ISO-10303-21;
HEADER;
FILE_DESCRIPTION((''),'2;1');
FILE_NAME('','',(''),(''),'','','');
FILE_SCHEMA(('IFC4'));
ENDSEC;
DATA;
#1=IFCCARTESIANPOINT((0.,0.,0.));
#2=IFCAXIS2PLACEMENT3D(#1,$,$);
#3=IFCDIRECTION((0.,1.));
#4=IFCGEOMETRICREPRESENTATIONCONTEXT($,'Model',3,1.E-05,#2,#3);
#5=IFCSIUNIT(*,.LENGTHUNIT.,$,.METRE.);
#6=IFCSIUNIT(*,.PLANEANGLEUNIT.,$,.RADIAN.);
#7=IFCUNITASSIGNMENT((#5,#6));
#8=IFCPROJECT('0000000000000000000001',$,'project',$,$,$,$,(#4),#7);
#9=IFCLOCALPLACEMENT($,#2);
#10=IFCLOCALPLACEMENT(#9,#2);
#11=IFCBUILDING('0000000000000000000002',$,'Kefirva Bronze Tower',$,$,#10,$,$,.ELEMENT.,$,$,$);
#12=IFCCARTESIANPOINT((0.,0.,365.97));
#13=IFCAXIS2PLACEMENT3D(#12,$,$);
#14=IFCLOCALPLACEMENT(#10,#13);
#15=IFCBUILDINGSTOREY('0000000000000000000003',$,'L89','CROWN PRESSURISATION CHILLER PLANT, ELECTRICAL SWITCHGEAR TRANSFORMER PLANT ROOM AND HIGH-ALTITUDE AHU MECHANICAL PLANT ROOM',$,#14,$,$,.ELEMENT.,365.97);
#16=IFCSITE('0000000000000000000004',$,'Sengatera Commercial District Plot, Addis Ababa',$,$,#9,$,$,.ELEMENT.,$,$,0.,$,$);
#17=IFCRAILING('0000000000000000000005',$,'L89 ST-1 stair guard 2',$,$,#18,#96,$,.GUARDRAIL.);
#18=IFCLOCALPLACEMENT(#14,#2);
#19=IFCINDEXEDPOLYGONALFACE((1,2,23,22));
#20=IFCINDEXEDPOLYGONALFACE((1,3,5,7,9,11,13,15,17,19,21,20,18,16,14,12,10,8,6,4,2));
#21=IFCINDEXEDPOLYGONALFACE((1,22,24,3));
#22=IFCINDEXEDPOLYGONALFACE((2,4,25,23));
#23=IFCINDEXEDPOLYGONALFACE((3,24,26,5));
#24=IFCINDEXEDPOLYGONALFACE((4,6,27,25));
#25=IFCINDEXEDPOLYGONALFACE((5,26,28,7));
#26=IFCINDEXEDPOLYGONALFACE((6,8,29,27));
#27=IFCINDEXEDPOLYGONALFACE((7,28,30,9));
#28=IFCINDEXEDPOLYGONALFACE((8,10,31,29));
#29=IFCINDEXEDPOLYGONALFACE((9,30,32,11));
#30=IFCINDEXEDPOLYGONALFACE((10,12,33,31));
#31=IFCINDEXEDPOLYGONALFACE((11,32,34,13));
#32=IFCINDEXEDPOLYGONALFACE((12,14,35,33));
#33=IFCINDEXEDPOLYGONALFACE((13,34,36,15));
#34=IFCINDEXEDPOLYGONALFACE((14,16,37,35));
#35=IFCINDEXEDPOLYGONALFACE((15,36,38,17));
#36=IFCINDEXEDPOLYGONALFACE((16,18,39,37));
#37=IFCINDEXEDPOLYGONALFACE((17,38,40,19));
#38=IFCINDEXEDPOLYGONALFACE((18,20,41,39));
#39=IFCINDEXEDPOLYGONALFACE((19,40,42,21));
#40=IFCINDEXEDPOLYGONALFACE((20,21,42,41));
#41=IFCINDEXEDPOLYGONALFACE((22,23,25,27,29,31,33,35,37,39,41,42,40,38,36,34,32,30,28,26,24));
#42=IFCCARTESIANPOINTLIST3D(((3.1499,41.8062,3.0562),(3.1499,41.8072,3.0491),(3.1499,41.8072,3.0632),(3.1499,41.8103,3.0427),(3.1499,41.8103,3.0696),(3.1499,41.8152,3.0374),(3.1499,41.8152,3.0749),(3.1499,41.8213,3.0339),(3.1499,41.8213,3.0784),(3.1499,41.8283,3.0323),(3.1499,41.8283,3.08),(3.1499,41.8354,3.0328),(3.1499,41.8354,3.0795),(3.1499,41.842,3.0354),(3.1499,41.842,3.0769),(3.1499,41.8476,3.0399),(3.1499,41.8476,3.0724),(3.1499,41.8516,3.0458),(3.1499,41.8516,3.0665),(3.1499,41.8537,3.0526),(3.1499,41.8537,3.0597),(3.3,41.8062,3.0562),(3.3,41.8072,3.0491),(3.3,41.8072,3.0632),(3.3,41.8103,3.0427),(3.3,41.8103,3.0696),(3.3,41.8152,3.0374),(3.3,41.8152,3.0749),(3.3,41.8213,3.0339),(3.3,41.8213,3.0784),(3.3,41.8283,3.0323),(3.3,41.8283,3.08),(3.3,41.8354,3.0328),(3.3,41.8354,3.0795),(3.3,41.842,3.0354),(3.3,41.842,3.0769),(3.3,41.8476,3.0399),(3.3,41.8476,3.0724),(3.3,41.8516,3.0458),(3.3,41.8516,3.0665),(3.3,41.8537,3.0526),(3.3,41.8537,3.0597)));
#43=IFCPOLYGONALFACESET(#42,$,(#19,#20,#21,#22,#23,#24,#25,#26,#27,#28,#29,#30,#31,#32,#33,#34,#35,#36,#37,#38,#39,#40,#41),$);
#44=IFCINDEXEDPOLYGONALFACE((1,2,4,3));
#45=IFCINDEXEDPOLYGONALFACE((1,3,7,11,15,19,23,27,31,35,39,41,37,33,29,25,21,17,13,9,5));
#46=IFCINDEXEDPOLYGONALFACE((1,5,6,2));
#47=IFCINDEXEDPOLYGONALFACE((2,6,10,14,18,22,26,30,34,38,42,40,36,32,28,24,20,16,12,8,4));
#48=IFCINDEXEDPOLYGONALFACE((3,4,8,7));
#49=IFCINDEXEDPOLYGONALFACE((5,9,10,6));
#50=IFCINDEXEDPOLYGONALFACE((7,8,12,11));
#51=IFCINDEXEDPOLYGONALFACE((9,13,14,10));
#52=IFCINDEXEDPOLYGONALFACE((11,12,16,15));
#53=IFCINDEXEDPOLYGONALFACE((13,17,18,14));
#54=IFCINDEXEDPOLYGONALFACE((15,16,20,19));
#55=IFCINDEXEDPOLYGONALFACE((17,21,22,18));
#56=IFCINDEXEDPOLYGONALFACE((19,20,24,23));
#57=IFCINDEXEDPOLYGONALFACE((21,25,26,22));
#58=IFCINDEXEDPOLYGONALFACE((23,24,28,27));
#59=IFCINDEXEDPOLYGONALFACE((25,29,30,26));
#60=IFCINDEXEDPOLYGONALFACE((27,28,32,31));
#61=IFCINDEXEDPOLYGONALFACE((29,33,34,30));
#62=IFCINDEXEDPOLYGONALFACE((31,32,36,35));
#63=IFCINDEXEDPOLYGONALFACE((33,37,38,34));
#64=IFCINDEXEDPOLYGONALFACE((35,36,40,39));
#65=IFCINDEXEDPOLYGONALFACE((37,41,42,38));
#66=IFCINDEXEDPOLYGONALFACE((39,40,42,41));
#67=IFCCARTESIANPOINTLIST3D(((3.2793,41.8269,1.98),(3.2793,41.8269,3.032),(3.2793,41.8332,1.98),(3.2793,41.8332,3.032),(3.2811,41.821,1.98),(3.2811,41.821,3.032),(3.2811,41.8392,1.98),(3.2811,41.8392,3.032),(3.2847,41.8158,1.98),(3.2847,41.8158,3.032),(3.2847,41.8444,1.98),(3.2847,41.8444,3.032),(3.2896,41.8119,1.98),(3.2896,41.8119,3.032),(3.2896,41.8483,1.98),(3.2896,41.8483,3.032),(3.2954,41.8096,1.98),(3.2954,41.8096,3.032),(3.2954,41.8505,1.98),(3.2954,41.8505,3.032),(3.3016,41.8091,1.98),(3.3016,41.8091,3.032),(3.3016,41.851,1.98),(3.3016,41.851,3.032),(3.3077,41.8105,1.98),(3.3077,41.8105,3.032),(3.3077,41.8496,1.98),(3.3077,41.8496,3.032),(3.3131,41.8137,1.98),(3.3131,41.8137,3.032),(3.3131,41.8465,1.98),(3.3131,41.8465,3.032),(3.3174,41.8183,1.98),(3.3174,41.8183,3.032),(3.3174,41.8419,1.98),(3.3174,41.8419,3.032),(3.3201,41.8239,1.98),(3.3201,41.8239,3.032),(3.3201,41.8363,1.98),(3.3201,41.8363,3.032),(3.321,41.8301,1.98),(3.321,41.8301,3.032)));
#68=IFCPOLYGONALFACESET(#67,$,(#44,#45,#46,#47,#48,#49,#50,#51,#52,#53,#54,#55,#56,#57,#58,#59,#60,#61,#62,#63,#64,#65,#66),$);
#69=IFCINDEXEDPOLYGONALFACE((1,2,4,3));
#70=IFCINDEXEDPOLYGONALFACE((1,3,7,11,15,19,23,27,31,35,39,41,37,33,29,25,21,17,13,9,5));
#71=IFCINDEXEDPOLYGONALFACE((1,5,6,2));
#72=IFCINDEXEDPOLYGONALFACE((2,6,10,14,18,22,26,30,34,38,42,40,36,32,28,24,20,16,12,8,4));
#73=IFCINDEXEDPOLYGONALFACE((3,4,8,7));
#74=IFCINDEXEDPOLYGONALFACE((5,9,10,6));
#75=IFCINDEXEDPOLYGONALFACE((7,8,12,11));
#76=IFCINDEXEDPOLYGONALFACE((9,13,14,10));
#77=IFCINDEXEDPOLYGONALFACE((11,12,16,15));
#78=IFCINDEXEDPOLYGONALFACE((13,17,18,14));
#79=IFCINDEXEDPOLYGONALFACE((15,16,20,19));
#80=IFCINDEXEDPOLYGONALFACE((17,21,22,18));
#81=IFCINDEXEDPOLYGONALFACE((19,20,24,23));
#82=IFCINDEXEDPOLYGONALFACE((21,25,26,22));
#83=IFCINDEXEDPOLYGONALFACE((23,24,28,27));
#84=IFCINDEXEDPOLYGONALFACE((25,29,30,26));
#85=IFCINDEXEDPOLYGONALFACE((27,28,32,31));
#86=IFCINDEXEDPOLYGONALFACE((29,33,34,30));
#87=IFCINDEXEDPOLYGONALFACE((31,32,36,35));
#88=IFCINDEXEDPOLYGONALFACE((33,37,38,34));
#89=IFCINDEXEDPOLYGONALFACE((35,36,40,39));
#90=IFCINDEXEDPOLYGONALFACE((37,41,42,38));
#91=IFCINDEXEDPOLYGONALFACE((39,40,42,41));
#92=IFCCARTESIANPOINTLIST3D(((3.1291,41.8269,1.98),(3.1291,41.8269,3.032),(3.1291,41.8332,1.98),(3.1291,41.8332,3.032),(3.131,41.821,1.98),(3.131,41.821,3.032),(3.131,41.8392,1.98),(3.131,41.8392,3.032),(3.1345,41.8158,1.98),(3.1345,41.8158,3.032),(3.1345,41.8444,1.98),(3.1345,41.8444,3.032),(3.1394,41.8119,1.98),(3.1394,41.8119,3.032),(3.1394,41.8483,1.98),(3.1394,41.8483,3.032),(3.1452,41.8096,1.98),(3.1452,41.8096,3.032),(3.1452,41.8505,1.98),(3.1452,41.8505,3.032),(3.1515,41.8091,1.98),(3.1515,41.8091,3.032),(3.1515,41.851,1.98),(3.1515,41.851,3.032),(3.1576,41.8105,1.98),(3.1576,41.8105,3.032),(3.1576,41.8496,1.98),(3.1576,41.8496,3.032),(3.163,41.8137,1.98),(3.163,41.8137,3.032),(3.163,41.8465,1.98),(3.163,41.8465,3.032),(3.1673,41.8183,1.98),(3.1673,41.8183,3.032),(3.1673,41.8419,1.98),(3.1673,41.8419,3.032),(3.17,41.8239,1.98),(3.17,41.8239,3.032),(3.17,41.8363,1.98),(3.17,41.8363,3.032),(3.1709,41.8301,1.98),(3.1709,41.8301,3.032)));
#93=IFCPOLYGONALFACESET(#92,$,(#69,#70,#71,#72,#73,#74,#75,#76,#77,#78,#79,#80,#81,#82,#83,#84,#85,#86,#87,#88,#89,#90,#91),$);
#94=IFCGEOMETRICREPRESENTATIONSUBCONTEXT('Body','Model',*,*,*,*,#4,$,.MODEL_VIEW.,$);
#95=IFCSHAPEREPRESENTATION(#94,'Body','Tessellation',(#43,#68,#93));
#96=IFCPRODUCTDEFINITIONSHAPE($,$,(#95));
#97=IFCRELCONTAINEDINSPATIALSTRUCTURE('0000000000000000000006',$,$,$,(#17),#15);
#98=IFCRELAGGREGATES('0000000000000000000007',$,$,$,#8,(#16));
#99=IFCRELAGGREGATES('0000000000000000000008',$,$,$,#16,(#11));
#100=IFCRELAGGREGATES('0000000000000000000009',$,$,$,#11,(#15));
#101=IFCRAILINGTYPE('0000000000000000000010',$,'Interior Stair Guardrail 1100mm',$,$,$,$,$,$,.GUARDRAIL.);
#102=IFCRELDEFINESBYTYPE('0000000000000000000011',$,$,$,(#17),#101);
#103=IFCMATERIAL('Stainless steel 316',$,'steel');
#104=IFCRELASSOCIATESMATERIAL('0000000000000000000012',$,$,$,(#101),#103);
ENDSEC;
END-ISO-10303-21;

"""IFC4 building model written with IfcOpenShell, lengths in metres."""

from ifc_helpers import new_model, si_unit, direction, frame, origin, origin_2d, place, context, subcontext, project, spatial, circle, extrude, material, type_object, element, save


model = new_model("IFC4")

# Units and contexts
model_context = context("Model", 3, precision=1e-05, world=origin(), true_north=direction((0.0, 1.0)))
body_context = subcontext(model_context, "Body", "Model", "MODEL_VIEW")
ifc_project = project(units=[si_unit("LENGTHUNIT", "METRE"), si_unit("PLANEANGLEUNIT", "RADIAN")], contexts=[model_context])

# Site, building, storey
site_placement = place(None, origin())
site = spatial("IfcSite", under=ifc_project, at=site_placement, Name="Sengatera Commercial District Plot, Addis Ababa", CompositionType="ELEMENT", RefElevation=0.0)
building_placement = place(site_placement, origin())
building = spatial("IfcBuilding", under=site, at=building_placement, Name="Kefirva Bronze Tower", CompositionType="ELEMENT")
storey_placement = place(building_placement, frame((0.0, 0.0, 365.97)))
storey = spatial("IfcBuildingStorey", under=building, at=storey_placement, Name="L89", Description="CROWN PRESSURISATION CHILLER PLANT, ELECTRICAL SWITCHGEAR TRANSFORMER PLANT ROOM AND HIGH-ALTITUDE AHU MECHANICAL PLANT ROOM", CompositionType="ELEMENT", Elevation=365.97)

# Shared definitions
ifc_material_1 = material(Name="Stainless steel 316", Category="steel")

# Railing
railing_type_1 = type_object("IfcRailingType", Name="Interior Stair Guardrail 1100mm", PredefinedType="GUARDRAIL", material=ifc_material_1)
railing_1_placement = place(storey_placement, frame((3.3, 41.8301, 1.98)))
element("IfcRailing", 1, at=railing_1_placement, inside=storey, type_object=railing_type_1, Name="L89 ST-1 stair guard 2", PredefinedType="GUARDRAIL", context=body_context, shape_type="SweptSolid", body=[
    extrude(circle(Radius=0.0239, at=origin_2d()), frame((0.0, 0.0, 1.0762), z_axis=(-1.0, 0.0, 0.0), x_axis=(0.0, -1.0, 0.0)), (0.0, 0.0, 1.0), 0.1501),
    extrude(circle(Radius=0.021, at=origin_2d()), origin(), (0.0, 0.0, 1.0), 1.052),
    extrude(circle(Radius=0.021, at=origin_2d()), frame((-0.1501, 0.0, 0.0)), (0.0, 0.0, 1.0), 1.052),
])

save(model, "model.ifc")
